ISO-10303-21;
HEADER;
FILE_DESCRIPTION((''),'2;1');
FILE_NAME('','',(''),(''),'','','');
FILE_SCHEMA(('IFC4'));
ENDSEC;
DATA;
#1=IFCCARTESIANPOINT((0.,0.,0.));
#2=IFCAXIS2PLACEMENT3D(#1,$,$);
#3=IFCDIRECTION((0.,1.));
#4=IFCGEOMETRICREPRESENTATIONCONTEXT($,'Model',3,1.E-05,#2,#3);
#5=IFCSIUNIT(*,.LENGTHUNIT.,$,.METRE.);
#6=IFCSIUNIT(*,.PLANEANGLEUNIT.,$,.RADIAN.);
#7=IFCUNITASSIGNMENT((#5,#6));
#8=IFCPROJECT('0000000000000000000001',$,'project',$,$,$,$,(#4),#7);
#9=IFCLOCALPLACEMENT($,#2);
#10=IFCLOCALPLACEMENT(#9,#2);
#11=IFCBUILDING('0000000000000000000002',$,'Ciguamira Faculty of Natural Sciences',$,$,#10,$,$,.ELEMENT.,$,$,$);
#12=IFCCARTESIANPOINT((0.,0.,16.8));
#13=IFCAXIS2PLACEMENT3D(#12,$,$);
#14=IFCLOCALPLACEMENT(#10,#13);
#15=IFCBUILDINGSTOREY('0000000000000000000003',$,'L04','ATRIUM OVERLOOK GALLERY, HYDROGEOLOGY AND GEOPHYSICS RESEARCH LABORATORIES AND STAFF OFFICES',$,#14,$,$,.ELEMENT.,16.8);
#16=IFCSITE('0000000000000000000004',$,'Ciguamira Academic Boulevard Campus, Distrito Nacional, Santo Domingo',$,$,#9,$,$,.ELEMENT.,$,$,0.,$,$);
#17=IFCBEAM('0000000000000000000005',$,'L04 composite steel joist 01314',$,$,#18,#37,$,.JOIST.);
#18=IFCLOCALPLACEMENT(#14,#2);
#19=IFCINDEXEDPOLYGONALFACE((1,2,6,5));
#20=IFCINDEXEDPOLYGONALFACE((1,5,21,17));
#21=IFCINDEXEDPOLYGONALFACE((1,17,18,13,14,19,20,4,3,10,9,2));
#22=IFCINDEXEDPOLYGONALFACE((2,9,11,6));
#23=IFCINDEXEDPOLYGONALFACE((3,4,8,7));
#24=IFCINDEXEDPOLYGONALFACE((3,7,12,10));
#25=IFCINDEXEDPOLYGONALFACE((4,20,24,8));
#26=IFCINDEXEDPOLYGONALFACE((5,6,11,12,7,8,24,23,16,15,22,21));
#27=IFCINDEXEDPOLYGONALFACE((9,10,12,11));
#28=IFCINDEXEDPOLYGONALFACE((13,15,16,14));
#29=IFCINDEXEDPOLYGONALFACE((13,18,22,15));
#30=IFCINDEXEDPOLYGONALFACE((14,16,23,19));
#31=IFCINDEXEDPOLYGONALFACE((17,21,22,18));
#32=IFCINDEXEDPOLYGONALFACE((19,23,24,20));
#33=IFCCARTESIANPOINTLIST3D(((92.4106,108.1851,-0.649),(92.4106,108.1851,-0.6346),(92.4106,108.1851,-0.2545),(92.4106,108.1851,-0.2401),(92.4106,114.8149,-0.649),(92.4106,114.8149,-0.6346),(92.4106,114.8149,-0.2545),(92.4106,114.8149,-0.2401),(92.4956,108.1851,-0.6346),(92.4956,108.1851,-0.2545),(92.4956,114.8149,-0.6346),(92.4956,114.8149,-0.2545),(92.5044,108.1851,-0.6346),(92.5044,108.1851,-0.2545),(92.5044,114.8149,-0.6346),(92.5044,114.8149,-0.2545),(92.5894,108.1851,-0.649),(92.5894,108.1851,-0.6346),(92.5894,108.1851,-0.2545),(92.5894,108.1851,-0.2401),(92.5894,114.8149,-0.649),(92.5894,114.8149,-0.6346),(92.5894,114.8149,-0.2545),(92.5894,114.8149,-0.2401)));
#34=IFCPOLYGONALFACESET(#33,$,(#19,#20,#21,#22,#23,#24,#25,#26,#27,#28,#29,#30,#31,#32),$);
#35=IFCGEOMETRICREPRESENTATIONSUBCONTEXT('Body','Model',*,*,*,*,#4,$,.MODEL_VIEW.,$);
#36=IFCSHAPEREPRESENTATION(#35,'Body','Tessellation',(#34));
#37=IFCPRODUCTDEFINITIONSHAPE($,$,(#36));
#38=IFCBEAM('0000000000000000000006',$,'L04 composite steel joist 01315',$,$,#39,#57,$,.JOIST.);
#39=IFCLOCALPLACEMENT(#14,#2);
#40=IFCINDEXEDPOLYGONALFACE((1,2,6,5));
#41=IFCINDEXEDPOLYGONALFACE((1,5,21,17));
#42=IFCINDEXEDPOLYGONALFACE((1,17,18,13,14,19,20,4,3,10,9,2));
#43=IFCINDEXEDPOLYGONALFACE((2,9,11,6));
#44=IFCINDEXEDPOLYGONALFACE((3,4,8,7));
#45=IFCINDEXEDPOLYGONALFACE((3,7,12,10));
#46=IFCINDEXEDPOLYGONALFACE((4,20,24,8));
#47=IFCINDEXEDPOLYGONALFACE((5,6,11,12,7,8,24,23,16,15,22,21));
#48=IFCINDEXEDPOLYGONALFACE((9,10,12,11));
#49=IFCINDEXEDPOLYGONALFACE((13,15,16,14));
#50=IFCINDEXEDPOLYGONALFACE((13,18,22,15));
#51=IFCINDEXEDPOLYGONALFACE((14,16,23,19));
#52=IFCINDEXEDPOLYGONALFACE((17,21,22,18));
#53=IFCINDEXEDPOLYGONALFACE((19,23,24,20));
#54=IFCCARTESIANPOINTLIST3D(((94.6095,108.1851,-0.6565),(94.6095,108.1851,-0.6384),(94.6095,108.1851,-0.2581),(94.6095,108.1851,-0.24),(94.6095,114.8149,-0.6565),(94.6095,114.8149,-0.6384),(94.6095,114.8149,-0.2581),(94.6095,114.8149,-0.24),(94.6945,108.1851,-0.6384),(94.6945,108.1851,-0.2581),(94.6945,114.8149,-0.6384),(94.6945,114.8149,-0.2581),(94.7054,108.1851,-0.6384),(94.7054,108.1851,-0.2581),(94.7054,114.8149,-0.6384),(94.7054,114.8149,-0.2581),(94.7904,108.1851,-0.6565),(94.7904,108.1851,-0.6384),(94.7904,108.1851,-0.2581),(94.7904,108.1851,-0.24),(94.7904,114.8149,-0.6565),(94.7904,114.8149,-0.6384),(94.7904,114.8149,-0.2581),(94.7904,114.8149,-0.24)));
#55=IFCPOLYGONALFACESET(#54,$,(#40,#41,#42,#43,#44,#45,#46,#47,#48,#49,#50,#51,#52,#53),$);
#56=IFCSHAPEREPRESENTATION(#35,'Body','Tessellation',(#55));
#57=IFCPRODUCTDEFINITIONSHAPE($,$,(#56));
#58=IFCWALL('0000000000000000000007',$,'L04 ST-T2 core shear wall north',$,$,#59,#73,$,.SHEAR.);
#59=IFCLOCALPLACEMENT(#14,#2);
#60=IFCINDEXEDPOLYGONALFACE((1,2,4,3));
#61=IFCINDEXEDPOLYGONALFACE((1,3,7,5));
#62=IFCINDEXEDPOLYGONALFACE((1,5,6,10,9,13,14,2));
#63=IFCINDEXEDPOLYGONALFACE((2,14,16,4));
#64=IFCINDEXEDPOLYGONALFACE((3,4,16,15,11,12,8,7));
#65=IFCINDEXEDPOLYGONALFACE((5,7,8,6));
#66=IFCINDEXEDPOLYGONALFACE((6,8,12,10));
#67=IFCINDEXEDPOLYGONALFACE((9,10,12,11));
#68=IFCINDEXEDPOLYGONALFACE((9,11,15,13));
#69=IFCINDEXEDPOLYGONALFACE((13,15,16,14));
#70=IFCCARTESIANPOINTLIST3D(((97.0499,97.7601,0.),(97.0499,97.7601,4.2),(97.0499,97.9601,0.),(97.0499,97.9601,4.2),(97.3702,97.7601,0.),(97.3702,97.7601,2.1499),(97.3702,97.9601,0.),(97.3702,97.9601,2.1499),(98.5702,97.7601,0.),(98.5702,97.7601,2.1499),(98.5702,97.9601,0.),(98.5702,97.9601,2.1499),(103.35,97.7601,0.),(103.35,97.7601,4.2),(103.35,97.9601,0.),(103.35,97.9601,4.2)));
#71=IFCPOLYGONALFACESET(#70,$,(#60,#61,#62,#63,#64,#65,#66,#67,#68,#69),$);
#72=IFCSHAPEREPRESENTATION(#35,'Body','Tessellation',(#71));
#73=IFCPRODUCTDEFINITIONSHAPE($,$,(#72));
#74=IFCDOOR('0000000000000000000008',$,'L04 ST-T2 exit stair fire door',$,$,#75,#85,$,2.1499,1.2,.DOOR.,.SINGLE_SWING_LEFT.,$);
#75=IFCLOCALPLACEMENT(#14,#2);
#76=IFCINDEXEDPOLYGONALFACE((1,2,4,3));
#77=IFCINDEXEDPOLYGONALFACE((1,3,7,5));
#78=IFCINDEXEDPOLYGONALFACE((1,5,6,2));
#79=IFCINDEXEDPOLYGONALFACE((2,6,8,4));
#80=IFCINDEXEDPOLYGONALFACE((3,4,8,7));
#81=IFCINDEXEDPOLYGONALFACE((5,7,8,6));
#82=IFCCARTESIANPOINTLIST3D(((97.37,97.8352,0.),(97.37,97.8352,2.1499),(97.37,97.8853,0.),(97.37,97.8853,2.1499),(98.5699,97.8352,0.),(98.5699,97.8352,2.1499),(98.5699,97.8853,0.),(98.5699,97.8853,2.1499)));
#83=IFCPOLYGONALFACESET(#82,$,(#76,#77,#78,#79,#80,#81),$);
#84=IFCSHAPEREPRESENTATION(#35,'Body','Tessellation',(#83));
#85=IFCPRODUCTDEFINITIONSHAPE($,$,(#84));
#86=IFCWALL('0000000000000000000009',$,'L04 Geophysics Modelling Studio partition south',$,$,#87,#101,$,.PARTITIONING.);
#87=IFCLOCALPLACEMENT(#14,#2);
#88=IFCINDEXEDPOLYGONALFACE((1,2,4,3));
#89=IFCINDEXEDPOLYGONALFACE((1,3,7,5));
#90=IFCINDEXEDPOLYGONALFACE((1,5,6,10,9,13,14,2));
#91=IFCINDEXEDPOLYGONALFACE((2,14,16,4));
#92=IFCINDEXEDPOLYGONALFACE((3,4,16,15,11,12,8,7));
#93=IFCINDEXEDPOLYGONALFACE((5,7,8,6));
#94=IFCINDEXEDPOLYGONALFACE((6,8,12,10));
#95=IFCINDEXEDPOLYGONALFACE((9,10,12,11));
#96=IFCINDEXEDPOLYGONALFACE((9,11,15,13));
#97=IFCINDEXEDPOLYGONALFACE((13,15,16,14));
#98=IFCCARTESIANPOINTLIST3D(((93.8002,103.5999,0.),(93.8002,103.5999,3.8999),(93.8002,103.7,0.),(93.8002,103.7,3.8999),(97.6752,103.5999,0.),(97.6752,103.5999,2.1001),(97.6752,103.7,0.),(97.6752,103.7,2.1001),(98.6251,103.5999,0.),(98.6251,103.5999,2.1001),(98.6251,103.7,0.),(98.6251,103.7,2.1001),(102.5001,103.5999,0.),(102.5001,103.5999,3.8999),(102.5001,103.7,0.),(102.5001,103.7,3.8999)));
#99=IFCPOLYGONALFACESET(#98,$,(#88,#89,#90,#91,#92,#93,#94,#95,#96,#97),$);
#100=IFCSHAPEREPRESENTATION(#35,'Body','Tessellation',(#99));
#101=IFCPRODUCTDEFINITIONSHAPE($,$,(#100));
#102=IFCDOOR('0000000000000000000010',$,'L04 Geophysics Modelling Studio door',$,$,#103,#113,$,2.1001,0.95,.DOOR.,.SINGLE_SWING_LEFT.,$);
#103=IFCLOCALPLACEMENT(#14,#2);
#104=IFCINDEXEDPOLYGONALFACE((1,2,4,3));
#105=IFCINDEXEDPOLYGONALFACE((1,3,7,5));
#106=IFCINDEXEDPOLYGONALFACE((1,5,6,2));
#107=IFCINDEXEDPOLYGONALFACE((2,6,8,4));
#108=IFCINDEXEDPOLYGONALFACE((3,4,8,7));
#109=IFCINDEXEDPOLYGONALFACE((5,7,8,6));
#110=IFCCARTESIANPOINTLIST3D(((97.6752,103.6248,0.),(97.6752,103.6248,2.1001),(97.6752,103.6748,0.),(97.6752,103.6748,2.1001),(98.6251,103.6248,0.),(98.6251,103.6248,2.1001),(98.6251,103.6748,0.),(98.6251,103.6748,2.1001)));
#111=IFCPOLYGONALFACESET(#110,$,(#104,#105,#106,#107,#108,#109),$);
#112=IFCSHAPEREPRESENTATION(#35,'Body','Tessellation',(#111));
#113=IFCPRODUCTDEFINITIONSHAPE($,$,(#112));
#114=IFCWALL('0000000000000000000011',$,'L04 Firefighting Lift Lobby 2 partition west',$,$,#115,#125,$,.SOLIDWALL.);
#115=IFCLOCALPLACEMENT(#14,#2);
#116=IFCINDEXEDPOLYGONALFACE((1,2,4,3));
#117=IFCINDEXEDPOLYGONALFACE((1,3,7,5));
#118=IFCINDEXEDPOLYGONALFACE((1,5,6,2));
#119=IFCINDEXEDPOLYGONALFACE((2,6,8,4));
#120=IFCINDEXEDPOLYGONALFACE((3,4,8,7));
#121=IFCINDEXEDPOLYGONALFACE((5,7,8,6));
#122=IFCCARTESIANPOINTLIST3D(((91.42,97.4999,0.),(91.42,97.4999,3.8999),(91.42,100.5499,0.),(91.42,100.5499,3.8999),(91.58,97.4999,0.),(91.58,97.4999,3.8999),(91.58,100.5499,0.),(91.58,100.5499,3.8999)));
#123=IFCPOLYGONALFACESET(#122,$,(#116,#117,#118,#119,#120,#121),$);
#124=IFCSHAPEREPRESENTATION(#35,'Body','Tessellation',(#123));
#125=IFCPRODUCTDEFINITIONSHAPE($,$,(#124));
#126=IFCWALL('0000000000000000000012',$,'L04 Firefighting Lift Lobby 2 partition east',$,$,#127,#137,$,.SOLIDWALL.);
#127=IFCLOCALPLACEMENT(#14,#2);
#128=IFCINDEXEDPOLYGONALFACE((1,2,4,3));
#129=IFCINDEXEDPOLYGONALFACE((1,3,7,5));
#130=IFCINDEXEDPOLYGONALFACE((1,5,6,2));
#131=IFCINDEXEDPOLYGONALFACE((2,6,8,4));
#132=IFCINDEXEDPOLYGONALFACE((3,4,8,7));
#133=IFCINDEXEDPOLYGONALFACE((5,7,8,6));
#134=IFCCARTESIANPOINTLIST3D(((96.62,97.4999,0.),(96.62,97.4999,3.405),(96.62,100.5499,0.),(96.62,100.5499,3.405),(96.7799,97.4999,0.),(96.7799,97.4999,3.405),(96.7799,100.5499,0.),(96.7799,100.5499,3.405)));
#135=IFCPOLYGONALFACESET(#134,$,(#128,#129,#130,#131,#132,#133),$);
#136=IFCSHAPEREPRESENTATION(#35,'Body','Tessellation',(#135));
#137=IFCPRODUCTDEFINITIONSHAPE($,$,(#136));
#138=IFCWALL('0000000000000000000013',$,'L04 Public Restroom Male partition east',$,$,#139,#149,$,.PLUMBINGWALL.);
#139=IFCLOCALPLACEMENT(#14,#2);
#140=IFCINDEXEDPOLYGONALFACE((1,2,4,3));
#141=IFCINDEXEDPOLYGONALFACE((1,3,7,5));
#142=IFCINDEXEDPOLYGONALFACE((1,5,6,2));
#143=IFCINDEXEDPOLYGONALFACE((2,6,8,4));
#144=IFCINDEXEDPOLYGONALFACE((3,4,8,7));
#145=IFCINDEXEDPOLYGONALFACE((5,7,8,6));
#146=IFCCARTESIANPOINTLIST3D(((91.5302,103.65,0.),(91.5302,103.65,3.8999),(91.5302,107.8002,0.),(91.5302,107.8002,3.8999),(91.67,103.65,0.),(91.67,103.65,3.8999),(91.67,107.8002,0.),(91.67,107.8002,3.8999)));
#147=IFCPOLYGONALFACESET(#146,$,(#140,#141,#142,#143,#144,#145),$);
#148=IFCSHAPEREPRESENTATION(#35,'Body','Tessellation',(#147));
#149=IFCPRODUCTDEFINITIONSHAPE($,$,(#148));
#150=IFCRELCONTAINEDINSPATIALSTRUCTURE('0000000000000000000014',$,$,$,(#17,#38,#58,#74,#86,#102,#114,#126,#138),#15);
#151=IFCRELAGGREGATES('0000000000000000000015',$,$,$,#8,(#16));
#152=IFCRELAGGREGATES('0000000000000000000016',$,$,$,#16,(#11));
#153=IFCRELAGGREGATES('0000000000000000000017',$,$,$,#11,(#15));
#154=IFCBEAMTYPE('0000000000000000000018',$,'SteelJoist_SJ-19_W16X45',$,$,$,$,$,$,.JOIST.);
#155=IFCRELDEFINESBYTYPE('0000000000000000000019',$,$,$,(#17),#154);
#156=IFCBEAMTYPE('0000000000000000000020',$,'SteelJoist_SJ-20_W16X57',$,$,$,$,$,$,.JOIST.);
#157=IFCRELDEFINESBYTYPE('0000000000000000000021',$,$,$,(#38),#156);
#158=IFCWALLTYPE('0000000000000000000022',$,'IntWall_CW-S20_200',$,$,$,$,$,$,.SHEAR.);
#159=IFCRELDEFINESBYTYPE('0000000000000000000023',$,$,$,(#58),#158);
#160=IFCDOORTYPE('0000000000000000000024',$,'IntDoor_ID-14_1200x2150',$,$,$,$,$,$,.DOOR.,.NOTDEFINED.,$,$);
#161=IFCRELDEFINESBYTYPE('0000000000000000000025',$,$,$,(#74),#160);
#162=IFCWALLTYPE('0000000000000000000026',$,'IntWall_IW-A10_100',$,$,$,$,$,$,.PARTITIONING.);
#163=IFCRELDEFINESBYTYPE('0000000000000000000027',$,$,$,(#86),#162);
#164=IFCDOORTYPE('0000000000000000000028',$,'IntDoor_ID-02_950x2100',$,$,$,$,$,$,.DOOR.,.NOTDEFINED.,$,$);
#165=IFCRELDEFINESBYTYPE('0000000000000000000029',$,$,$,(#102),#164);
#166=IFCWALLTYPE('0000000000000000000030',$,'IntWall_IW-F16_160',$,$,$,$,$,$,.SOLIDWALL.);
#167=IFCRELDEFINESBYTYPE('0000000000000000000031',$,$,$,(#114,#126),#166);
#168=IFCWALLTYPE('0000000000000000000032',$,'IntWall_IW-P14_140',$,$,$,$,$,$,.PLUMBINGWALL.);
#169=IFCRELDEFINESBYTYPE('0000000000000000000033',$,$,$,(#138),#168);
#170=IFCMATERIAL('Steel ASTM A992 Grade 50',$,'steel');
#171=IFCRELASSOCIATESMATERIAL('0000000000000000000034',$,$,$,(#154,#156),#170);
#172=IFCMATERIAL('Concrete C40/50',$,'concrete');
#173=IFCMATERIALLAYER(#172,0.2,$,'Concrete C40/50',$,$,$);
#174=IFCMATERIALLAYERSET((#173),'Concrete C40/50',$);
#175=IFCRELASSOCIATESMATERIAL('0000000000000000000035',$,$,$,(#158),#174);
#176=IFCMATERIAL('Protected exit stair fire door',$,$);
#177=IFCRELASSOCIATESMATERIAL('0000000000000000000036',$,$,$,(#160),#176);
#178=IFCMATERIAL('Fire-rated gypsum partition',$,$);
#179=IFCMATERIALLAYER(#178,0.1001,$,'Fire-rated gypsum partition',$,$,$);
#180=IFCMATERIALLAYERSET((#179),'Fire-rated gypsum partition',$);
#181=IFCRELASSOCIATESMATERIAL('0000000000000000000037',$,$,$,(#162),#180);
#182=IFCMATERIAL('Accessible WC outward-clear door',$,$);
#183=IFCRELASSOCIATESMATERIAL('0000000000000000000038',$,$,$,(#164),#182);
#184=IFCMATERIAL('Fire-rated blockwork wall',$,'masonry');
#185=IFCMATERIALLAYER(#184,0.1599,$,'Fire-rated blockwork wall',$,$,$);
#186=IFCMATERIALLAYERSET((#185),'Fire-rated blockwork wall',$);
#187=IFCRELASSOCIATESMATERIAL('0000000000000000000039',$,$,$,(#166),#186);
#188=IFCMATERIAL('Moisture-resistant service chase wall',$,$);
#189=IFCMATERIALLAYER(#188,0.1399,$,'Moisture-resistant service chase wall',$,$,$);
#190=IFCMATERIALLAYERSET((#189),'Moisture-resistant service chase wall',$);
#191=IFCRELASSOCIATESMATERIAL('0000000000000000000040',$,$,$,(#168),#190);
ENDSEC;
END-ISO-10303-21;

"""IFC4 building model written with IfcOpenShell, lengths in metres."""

from ifc_helpers import new_model, si_unit, direction, frame, frame_2d, origin, origin_2d, place, context, subcontext, project, spatial, rectangle, i_section, extrude, material, layer, layer_set, material_profile, profile_set, type_object, element, fill, save


model = new_model("IFC4")

# Units and contexts
model_context = context("Model", 3, precision=1e-05, world=origin(), true_north=direction((0.0, 1.0)))
body_context = subcontext(model_context, "Body", "Model", "MODEL_VIEW")
ifc_project = project(units=[si_unit("LENGTHUNIT", "METRE"), si_unit("PLANEANGLEUNIT", "RADIAN")], contexts=[model_context])

# Site, building, storey
site_placement = place(None, origin())
site = spatial("IfcSite", under=ifc_project, at=site_placement, Name="Ciguamira Academic Boulevard Campus, Distrito Nacional, Santo Domingo", CompositionType="ELEMENT", RefElevation=0.0)
building_placement = place(site_placement, origin())
building = spatial("IfcBuilding", under=site, at=building_placement, Name="Ciguamira Faculty of Natural Sciences", CompositionType="ELEMENT")
storey_placement = place(building_placement, frame((0.0, 0.0, 16.8)))
storey = spatial("IfcBuildingStorey", under=building, at=storey_placement, Name="L04", Description="ATRIUM OVERLOOK GALLERY, HYDROGEOLOGY AND GEOPHYSICS RESEARCH LABORATORIES AND STAFF OFFICES", CompositionType="ELEMENT", Elevation=16.8)

# Beams
ifc_material_1 = material(Name="Concrete C40/50", Category="concrete")
ifc_material_2 = material(Name="Steel ASTM A992 Grade 50", Category="steel")
ifc_material_profile_1 = material_profile(ifc_material_2, i_section(OverallWidth=0.1787, OverallDepth=0.4089, WebThickness=0.0088, FlangeThickness=0.0144, at=origin_2d()), Name="W16X45")
ifc_profile_set_1 = profile_set([ifc_material_profile_1], Name="Steel ASTM A992 Grade 50")
beam_type_1 = type_object("IfcBeamType", Name="SteelJoist_SJ-19_W16X45", PredefinedType="JOIST", material=ifc_profile_set_1)
beam_1_placement = place(storey_placement, frame((92.5, 108.1851, -0.4446), z_axis=(0.0, 1.0, 0.0), x_axis=(-1.0, 0.0, 0.0)))
element("IfcBeam", 1, at=beam_1_placement, inside=storey, type_object=beam_type_1, Name="L04 composite steel joist 01314", PredefinedType="JOIST", context=body_context, shape_type="SweptSolid", body=[
    extrude(i_section(OverallWidth=0.1787, OverallDepth=0.4089, WebThickness=0.0088, FlangeThickness=0.0144, at=origin_2d()), origin(), (0.0, 0.0, 1.0), 6.6299),
])
ifc_material_profile_2 = material_profile(ifc_material_2, i_section(OverallWidth=0.1809, OverallDepth=0.4165, WebThickness=0.011, FlangeThickness=0.0181, at=origin_2d()), Name="W16X57")
ifc_profile_set_2 = profile_set([ifc_material_profile_2], Name="Steel ASTM A992 Grade 50")
beam_type_2 = type_object("IfcBeamType", Name="SteelJoist_SJ-20_W16X57", PredefinedType="JOIST", material=ifc_profile_set_2)
beam_2_placement = place(storey_placement, frame((94.7, 108.1851, -0.4482), z_axis=(0.0, 1.0, 0.0), x_axis=(-1.0, 0.0, 0.0)))
element("IfcBeam", 2, at=beam_2_placement, inside=storey, type_object=beam_type_2, Name="L04 composite steel joist 01315", PredefinedType="JOIST", context=body_context, shape_type="SweptSolid", body=[
    extrude(i_section(OverallWidth=0.1809, OverallDepth=0.4165, WebThickness=0.011, FlangeThickness=0.0181, at=origin_2d()), origin(), (0.0, 0.0, 1.0), 6.6299),
])

# Walls, openings, doors
ifc_layer_1 = layer(ifc_material_1, 0.2, Name="Concrete C40/50")
ifc_layer_set_1 = layer_set([ifc_layer_1], Name="Concrete C40/50")
wall_type_1 = type_object("IfcWallType", Name="IntWall_CW-S20_200", PredefinedType="SHEAR", material=ifc_layer_set_1)
wall_1_placement = place(storey_placement, frame((97.05, 97.8601, 0.0), z_axis=(0.0, 0.0, 1.0), x_axis=(1.0, 0.0, 0.0)))
wall_1 = element("IfcWall", 3, at=wall_1_placement, inside=storey, type_object=wall_type_1, Name="L04 ST-T2 core shear wall north", PredefinedType="SHEAR", context=body_context, shape_type="SweptSolid", body=[
    extrude(rectangle(XDim=6.3, YDim=0.2, at=frame_2d((3.1499, 0.0))), origin(), (0.0, 0.0, 1.0), 4.2),
])
opening_1_placement = place(wall_1_placement, frame((0.3201, 0.0, 0.0)))
opening_1 = element("IfcOpeningElement", 4, at=opening_1_placement, cuts=wall_1, PredefinedType="OPENING", context=body_context, shape_type="SweptSolid", body=[
    extrude(rectangle(XDim=1.2, YDim=2.1499, at=frame_2d((0.6001, 1.075))), frame((0.0, 0.1099, 0.0), z_axis=(0.0, -1.0, 0.0), x_axis=(1.0, 0.0, 0.0)), (0.0, 0.0, 1.0), 0.22),
])
ifc_material_3 = material(Name="Protected exit stair fire door")
door_type_1 = type_object("IfcDoorType", Name="IntDoor_ID-14_1200x2150", OperationType="NOTDEFINED", PredefinedType="DOOR", material=ifc_material_3)
door_1_placement = place(opening_1_placement, frame((1.2, 0.0, 0.0), z_axis=(0.0, 0.0, 1.0), x_axis=(-1.0, 0.0, 0.0)))
door_1 = element("IfcDoor", 5, at=door_1_placement, inside=storey, type_object=door_type_1, Name="L04 ST-T2 exit stair fire door", OperationType="SINGLE_SWING_LEFT", OverallHeight=2.1499, OverallWidth=1.2, PredefinedType="DOOR", context=body_context, shape_type="SweptSolid", body=[
    extrude(rectangle(XDim=1.2, YDim=2.1499, at=frame_2d((0.6001, 1.075))), frame((0.0, 0.0249, 0.0), z_axis=(0.0, -1.0, 0.0), x_axis=(1.0, 0.0, 0.0)), (0.0, 0.0, 1.0), 0.05),
])
fill(opening_1, door_1)
ifc_material_4 = material(Name="Fire-rated gypsum partition")
ifc_layer_2 = layer(ifc_material_4, 0.1001, Name="Fire-rated gypsum partition")
ifc_layer_set_2 = layer_set([ifc_layer_2], Name="Fire-rated gypsum partition")
wall_type_2 = type_object("IfcWallType", Name="IntWall_IW-A10_100", PredefinedType="PARTITIONING", material=ifc_layer_set_2)
wall_2_placement = place(storey_placement, frame((93.8, 103.6499, 0.0), z_axis=(0.0, 0.0, 1.0), x_axis=(1.0, 0.0, 0.0)))
wall_2 = element("IfcWall", 6, at=wall_2_placement, inside=storey, type_object=wall_type_2, Name="L04 Geophysics Modelling Studio partition south", PredefinedType="PARTITIONING", context=body_context, shape_type="SweptSolid", body=[
    extrude(rectangle(XDim=8.7, YDim=0.1001, at=frame_2d((4.3501, 0.0))), origin(), (0.0, 0.0, 1.0), 3.8999),
])
opening_2_placement = place(wall_2_placement, frame((3.875, 0.0, 0.0)))
opening_2 = element("IfcOpeningElement", 7, at=opening_2_placement, cuts=wall_2, PredefinedType="OPENING", context=body_context, shape_type="SweptSolid", body=[
    extrude(rectangle(XDim=0.95, YDim=2.1001, at=frame_2d((0.4751, 1.05))), frame((0.0, 0.0601, 0.0), z_axis=(0.0, -1.0, 0.0), x_axis=(1.0, 0.0, 0.0)), (0.0, 0.0, 1.0), 0.1201),
])
ifc_material_5 = material(Name="Accessible WC outward-clear door")
door_type_2 = type_object("IfcDoorType", Name="IntDoor_ID-02_950x2100", OperationType="NOTDEFINED", PredefinedType="DOOR", material=ifc_material_5)
door_2_placement = place(opening_2_placement, origin())
door_2 = element("IfcDoor", 8, at=door_2_placement, inside=storey, type_object=door_type_2, Name="L04 Geophysics Modelling Studio door", OperationType="SINGLE_SWING_LEFT", OverallHeight=2.1001, OverallWidth=0.95, PredefinedType="DOOR", context=body_context, shape_type="SweptSolid", body=[
    extrude(rectangle(XDim=0.95, YDim=2.1001, at=frame_2d((0.4751, 1.05))), frame((0.0, 0.0249, 0.0), z_axis=(0.0, -1.0, 0.0), x_axis=(1.0, 0.0, 0.0)), (0.0, 0.0, 1.0), 0.05),
])
fill(opening_2, door_2)
ifc_material_6 = material(Name="Fire-rated blockwork wall", Category="masonry")
ifc_layer_3 = layer(ifc_material_6, 0.1599, Name="Fire-rated blockwork wall")
ifc_layer_set_3 = layer_set([ifc_layer_3], Name="Fire-rated blockwork wall")
wall_type_3 = type_object("IfcWallType", Name="IntWall_IW-F16_160", PredefinedType="SOLIDWALL", material=ifc_layer_set_3)

# Walls
wall_3_placement = place(storey_placement, frame((91.5, 97.5, 0.0), z_axis=(0.0, 0.0, 1.0), x_axis=(0.0, 1.0, 0.0)))
element("IfcWall", 9, at=wall_3_placement, inside=storey, type_object=wall_type_3, Name="L04 Firefighting Lift Lobby 2 partition west", PredefinedType="SOLIDWALL", context=body_context, shape_type="SweptSolid", body=[
    extrude(rectangle(XDim=3.05, YDim=0.1599, at=frame_2d((1.5249, 0.0))), origin(), (0.0, 0.0, 1.0), 3.8999),
])
wall_4_placement = place(storey_placement, frame((96.7, 97.5, 0.0), z_axis=(0.0, 0.0, 1.0), x_axis=(0.0, 1.0, 0.0)))
element("IfcWall", 10, at=wall_4_placement, inside=storey, type_object=wall_type_3, Name="L04 Firefighting Lift Lobby 2 partition east", PredefinedType="SOLIDWALL", context=body_context, shape_type="SweptSolid", body=[
    extrude(rectangle(XDim=3.05, YDim=0.1599, at=frame_2d((1.5249, 0.0))), origin(), (0.0, 0.0, 1.0), 3.405),
])
ifc_material_7 = material(Name="Moisture-resistant service chase wall")
ifc_layer_4 = layer(ifc_material_7, 0.1399, Name="Moisture-resistant service chase wall")
ifc_layer_set_4 = layer_set([ifc_layer_4], Name="Moisture-resistant service chase wall")
wall_type_4 = type_object("IfcWallType", Name="IntWall_IW-P14_140", PredefinedType="PLUMBINGWALL", material=ifc_layer_set_4)
wall_5_placement = place(storey_placement, frame((91.6001, 103.6499, 0.0), z_axis=(0.0, 0.0, 1.0), x_axis=(0.0, 1.0, 0.0)))
element("IfcWall", 11, at=wall_5_placement, inside=storey, type_object=wall_type_4, Name="L04 Public Restroom Male partition east", PredefinedType="PLUMBINGWALL", context=body_context, shape_type="SweptSolid", body=[
    extrude(rectangle(XDim=4.1501, YDim=0.1399, at=frame_2d((2.0752, 0.0))), origin(), (0.0, 0.0, 1.0), 3.8999),
])

save(model, "model.ifc")
